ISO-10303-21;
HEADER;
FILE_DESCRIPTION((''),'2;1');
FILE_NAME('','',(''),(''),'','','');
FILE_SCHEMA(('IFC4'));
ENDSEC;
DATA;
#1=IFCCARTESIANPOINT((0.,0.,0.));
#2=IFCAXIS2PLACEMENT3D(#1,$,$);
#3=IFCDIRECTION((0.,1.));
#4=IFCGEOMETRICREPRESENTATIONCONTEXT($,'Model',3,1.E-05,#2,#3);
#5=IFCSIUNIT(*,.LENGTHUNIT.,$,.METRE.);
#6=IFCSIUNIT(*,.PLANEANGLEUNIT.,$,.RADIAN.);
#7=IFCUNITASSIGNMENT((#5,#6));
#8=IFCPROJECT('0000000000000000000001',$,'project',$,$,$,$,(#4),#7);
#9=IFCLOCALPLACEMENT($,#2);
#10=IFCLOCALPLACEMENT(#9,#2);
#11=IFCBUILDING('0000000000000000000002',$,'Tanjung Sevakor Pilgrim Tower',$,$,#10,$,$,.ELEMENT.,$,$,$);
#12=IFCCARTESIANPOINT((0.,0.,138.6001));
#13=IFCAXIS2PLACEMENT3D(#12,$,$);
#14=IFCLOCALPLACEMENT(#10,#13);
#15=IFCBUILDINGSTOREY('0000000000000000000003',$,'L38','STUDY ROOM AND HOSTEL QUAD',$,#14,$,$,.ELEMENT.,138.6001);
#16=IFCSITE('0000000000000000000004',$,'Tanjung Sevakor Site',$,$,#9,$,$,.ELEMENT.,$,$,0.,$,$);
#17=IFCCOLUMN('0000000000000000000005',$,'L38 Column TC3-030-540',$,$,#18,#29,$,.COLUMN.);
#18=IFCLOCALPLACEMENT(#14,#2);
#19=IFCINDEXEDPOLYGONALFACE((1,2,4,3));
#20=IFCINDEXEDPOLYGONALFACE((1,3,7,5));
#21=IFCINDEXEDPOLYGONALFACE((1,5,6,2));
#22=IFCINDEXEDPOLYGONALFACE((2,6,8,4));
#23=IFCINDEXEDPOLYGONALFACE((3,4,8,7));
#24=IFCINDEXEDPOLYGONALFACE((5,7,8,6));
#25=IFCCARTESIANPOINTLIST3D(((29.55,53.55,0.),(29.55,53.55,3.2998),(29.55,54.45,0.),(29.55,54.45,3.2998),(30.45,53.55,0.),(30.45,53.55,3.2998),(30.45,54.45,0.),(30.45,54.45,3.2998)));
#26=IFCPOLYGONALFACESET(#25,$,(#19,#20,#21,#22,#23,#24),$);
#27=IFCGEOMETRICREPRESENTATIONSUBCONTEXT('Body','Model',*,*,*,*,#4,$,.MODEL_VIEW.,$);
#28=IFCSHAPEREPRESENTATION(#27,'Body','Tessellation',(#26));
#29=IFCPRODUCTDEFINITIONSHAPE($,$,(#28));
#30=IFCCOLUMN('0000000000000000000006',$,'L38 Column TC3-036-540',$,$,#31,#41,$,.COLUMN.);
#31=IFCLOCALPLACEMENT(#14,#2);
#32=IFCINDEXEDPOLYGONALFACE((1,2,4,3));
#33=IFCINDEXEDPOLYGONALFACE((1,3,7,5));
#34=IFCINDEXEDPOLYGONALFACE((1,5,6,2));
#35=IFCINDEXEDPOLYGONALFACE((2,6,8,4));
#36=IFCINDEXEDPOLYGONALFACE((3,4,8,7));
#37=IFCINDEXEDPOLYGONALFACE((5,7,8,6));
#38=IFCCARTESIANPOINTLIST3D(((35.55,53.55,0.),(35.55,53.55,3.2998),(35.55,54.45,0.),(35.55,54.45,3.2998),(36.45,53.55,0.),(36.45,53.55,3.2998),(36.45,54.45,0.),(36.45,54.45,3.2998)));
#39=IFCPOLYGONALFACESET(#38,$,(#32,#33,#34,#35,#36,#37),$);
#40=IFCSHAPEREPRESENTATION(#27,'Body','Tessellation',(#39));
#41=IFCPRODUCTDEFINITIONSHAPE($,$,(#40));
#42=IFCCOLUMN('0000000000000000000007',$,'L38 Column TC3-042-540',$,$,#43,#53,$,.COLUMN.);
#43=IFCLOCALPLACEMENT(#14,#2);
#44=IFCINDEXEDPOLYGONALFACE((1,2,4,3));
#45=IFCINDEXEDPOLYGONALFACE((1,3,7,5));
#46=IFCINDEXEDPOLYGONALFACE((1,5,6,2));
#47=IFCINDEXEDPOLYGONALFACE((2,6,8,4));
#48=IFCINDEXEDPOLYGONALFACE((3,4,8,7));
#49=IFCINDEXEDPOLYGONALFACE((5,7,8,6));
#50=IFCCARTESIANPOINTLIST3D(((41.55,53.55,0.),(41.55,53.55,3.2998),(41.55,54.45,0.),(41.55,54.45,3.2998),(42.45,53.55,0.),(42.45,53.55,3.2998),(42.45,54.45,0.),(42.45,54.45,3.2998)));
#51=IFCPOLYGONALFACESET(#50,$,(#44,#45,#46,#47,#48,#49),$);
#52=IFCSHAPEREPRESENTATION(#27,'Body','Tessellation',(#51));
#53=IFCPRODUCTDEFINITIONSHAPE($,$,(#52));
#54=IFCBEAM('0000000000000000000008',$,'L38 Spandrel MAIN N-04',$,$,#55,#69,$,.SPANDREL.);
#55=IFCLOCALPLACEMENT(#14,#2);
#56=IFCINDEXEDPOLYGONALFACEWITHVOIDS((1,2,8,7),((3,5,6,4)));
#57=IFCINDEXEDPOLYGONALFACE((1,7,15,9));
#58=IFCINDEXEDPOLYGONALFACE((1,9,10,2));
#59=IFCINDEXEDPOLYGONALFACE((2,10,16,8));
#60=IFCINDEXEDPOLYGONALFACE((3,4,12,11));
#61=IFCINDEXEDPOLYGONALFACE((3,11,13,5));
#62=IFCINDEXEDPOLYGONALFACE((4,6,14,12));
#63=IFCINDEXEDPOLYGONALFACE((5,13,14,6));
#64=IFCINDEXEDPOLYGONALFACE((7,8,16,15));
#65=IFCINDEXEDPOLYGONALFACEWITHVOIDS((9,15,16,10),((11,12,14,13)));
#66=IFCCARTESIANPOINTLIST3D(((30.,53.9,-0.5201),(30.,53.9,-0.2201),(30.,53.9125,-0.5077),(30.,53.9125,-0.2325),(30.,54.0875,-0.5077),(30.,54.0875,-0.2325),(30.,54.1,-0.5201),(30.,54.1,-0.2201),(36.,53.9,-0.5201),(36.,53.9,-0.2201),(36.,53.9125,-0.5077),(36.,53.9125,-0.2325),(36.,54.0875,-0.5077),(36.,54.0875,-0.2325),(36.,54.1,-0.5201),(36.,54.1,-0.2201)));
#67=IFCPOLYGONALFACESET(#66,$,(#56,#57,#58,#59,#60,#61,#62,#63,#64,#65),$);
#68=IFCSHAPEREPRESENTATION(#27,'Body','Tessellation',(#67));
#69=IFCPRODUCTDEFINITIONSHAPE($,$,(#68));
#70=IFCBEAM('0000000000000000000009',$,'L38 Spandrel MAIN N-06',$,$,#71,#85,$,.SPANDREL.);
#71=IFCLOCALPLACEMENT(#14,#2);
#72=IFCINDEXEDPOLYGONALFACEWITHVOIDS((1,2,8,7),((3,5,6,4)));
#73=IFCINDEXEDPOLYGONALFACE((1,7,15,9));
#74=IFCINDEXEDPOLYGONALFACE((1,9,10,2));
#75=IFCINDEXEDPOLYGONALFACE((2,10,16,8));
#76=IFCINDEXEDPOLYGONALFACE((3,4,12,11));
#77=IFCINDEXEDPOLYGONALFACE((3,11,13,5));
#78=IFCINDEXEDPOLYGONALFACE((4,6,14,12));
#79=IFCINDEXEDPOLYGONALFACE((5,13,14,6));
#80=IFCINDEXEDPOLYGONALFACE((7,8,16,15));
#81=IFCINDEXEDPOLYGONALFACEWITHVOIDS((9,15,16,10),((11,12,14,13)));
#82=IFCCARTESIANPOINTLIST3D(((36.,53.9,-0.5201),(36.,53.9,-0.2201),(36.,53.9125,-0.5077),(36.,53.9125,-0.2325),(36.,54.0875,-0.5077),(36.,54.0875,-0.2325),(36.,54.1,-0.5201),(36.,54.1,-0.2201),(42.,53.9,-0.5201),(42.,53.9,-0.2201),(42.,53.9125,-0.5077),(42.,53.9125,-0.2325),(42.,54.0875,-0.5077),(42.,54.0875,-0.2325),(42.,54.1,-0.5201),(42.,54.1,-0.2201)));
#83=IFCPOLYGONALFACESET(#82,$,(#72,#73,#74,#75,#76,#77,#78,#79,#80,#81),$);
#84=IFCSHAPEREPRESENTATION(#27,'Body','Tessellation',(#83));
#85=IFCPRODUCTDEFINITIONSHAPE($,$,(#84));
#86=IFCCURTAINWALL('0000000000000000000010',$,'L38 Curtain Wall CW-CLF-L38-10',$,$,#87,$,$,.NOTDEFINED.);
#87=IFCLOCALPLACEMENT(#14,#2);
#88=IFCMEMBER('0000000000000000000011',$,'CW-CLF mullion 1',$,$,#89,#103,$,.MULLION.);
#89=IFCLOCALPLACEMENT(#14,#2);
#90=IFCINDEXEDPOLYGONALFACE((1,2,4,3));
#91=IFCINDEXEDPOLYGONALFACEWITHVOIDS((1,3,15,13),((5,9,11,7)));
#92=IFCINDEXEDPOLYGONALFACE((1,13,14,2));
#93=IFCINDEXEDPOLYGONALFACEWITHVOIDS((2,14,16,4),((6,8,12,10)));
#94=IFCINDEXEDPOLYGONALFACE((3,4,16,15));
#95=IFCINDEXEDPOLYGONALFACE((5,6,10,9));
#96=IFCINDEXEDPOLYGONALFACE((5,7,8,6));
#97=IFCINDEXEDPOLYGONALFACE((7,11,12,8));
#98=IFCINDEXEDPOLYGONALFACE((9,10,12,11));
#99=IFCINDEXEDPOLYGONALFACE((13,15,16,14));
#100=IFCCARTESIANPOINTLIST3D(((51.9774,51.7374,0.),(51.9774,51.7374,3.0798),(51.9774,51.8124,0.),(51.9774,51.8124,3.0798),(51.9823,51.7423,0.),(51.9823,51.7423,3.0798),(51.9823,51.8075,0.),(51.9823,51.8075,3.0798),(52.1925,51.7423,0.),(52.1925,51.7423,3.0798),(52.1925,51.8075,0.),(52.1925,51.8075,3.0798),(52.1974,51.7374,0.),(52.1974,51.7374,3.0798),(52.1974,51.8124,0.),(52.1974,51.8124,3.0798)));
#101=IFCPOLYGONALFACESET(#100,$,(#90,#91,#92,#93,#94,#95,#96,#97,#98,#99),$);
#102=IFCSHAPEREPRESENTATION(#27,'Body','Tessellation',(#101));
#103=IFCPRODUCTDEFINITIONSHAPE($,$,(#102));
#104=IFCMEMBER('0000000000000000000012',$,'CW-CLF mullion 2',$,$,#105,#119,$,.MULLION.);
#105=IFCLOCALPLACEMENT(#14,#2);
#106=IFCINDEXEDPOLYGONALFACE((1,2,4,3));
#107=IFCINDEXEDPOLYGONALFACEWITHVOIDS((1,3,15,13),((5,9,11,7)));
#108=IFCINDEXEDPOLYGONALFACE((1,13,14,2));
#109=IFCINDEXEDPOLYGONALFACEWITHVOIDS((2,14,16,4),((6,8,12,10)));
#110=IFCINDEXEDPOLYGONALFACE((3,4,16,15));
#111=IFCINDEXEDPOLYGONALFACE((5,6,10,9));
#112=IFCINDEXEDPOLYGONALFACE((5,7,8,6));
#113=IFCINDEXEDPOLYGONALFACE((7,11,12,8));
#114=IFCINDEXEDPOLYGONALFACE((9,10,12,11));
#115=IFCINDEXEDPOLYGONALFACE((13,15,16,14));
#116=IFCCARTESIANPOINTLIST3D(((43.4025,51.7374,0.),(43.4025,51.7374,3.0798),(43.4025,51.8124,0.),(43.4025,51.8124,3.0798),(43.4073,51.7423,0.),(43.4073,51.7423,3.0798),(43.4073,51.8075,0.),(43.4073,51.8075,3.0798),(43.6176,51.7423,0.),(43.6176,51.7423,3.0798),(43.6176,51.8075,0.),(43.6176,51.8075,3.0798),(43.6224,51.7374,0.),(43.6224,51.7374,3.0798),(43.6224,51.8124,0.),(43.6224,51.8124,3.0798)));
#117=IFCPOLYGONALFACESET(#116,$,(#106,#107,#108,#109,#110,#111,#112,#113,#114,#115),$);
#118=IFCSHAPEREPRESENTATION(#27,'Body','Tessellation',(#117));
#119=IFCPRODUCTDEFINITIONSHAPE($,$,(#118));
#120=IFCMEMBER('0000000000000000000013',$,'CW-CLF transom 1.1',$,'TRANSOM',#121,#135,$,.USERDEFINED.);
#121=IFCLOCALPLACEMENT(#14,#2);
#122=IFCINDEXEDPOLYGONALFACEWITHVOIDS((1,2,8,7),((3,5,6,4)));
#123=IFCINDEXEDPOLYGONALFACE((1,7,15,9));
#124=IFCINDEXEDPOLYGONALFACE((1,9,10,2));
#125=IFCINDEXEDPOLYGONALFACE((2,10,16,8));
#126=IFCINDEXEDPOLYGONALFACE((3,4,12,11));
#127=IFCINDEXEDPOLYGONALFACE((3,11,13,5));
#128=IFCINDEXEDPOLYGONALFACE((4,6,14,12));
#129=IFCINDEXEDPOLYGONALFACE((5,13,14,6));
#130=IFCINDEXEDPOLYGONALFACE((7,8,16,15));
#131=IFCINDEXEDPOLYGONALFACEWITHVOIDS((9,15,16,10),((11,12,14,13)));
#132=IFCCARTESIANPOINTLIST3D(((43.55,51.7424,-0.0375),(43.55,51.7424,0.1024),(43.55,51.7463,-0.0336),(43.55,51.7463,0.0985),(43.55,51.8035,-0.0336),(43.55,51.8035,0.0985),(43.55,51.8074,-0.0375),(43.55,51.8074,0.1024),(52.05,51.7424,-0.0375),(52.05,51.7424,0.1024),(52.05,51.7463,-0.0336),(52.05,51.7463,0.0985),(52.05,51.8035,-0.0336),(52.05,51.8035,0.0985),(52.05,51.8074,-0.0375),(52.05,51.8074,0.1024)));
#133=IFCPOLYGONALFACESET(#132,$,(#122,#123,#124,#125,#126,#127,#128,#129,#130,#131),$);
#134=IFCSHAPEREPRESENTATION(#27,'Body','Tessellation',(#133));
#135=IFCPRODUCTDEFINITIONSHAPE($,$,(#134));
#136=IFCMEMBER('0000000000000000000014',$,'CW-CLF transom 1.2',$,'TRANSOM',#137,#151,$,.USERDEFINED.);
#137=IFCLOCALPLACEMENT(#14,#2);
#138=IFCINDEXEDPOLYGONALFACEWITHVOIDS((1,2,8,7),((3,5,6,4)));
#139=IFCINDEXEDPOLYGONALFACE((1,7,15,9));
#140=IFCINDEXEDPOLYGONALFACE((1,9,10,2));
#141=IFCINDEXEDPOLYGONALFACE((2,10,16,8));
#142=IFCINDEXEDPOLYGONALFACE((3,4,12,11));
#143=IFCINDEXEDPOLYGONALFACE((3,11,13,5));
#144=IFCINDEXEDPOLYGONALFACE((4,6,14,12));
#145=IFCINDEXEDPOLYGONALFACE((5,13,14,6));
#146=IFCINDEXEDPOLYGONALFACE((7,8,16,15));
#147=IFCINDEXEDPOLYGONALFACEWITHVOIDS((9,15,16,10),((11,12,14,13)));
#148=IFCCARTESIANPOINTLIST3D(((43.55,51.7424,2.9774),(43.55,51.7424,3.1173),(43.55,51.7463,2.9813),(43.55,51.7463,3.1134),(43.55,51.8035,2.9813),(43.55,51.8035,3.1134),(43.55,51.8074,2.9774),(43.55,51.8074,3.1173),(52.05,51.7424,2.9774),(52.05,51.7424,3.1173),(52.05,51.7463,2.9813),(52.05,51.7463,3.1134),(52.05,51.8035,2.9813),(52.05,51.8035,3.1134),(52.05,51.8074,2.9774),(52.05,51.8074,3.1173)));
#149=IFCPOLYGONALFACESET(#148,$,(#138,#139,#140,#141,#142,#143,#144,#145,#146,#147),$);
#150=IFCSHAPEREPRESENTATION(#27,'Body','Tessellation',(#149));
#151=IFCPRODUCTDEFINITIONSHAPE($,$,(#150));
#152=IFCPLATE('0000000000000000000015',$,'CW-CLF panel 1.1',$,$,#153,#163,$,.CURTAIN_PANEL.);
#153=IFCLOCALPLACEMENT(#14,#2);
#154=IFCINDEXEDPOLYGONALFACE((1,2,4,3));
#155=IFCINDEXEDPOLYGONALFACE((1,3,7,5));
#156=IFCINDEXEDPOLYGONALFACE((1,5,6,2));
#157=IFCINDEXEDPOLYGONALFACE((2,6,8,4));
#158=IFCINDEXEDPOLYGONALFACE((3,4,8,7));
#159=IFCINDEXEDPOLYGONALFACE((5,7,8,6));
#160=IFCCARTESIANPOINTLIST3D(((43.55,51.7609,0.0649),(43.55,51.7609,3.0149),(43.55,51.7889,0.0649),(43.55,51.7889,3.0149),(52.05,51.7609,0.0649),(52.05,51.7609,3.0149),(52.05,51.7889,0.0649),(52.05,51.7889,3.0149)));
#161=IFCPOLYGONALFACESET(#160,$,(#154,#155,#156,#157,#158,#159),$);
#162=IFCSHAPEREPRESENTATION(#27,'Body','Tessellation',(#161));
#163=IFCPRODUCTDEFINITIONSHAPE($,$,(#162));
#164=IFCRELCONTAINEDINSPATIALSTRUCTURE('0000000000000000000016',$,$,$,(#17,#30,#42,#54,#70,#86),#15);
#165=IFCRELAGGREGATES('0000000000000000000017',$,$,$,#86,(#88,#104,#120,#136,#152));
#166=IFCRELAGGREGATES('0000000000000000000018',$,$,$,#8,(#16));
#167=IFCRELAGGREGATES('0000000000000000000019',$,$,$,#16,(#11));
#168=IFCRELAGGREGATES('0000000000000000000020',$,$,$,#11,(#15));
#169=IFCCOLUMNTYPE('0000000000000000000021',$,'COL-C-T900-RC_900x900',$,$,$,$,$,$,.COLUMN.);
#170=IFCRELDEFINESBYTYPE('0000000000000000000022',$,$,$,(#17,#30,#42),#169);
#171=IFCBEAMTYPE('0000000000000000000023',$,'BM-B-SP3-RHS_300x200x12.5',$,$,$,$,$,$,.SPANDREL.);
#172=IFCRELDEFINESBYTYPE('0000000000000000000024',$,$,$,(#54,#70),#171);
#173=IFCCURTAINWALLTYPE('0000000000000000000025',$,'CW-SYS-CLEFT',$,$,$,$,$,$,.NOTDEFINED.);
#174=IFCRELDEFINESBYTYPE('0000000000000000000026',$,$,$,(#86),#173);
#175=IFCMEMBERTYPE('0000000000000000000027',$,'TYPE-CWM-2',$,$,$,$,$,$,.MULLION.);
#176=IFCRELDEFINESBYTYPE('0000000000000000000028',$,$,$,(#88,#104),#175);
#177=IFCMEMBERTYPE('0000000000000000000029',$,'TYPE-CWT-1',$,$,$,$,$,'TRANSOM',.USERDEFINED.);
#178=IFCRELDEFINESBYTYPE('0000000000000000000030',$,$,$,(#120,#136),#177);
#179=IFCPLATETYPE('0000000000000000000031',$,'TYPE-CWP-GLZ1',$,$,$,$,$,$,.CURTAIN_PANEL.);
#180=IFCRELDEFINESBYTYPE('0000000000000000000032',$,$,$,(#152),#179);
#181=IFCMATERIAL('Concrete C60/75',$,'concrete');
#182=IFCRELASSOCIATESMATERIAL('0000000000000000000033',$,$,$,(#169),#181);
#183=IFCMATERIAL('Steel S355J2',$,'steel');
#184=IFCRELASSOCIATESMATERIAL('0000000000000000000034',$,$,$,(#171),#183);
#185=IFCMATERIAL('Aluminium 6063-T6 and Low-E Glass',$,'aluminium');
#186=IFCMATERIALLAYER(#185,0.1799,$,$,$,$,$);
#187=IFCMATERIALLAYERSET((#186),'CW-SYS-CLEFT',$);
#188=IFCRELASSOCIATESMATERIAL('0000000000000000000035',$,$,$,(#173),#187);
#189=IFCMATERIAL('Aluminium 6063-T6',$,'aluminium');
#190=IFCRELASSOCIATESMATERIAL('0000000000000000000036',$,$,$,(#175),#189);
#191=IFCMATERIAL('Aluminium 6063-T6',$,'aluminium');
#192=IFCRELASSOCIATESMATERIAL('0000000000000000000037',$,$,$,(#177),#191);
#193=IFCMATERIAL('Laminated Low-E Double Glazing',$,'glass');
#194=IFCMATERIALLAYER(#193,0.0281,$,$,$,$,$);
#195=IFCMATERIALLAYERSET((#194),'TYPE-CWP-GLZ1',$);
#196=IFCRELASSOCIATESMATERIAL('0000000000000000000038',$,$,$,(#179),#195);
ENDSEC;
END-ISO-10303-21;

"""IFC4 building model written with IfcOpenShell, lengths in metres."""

from ifc_helpers import new_model, si_unit, direction, frame, origin, origin_2d, place, context, subcontext, project, spatial, rectangle, hollow_rectangle, extrude, material, layer, layer_set, material_profile, profile_set, type_object, element, aggregate, save


model = new_model("IFC4")

# Units and contexts
model_context = context("Model", 3, precision=1e-05, world=origin(), true_north=direction((0.0, 1.0)))
body_context = subcontext(model_context, "Body", "Model", "MODEL_VIEW")
ifc_project = project(units=[si_unit("LENGTHUNIT", "METRE"), si_unit("PLANEANGLEUNIT", "RADIAN")], contexts=[model_context])

# Site, building, storey
site_placement = place(None, origin())
site = spatial("IfcSite", under=ifc_project, at=site_placement, Name="Tanjung Sevakor Site", CompositionType="ELEMENT", RefElevation=0.0)
building_placement = place(site_placement, origin())
building = spatial("IfcBuilding", under=site, at=building_placement, Name="Tanjung Sevakor Pilgrim Tower", CompositionType="ELEMENT")
storey_placement = place(building_placement, frame((0.0, 0.0, 138.6001)))
storey = spatial("IfcBuildingStorey", under=building, at=storey_placement, Name="L38", Description="STUDY ROOM AND HOSTEL QUAD", CompositionType="ELEMENT", Elevation=138.6001)

# Columns
ifc_material_1 = material(Name="Concrete C60/75", Category="concrete")
ifc_material_profile_1 = material_profile(ifc_material_1, rectangle(XDim=0.8999, YDim=0.8999, at=origin_2d()))
ifc_profile_set_1 = profile_set([ifc_material_profile_1], Name="Concrete C60/75")
column_type = type_object("IfcColumnType", Name="COL-C-T900-RC_900x900", PredefinedType="COLUMN", material=ifc_profile_set_1)
for number, where, z_axis, x_axis, name in (
    (1, (30.0, 54.0, 0.0), (0.0, 0.0, 1.0), (1.0, 0.0, 0.0), "L38 Column TC3-030-540"),
    (2, (36.0, 54.0, 0.0), (0.0, 0.0, 1.0), (1.0, 0.0, 0.0), "L38 Column TC3-036-540"),
    (3, (42.0, 54.0, 0.0), (0.0, 0.0, 1.0), (1.0, 0.0, 0.0), "L38 Column TC3-042-540"),
):
    element("IfcColumn", number, at=place(storey_placement, frame(where, z_axis=z_axis, x_axis=x_axis)), inside=storey, type_object=column_type, Name=name, PredefinedType="COLUMN", context=body_context, shape_type="SweptSolid", body=[
        extrude(rectangle(XDim=0.8999, YDim=0.8999, at=origin_2d()), origin(), (0.0, 0.0, 1.0), 3.2998),
    ])

# Beams
ifc_material_2 = material(Name="Steel S355J2", Category="steel")
ifc_material_profile_2 = material_profile(ifc_material_2, hollow_rectangle(XDim=0.2, YDim=0.3, WallThickness=0.0125, at=origin_2d()))
ifc_profile_set_2 = profile_set([ifc_material_profile_2], Name="Steel S355J2")
beam_type = type_object("IfcBeamType", Name="BM-B-SP3-RHS_300x200x12.5", PredefinedType="SPANDREL", material=ifc_profile_set_2)
for number, where, z_axis, x_axis, name in (
    (4, (30.0, 54.0, -0.3701), (1.0, 0.0, 0.0), (0.0, 1.0, 0.0), "L38 Spandrel MAIN N-04"),
    (5, (36.0, 54.0, -0.3701), (1.0, 0.0, 0.0), (0.0, 1.0, 0.0), "L38 Spandrel MAIN N-06"),
):
    element("IfcBeam", number, at=place(storey_placement, frame(where, z_axis=z_axis, x_axis=x_axis)), inside=storey, type_object=beam_type, Name=name, PredefinedType="SPANDREL", context=body_context, shape_type="SweptSolid", body=[
        extrude(hollow_rectangle(XDim=0.2, YDim=0.3, WallThickness=0.0125, at=origin_2d()), origin(), (0.0, 0.0, 1.0), 6.0),
    ])

# Curtain wall, members, plate
ifc_material_3 = material(Name="Aluminium 6063-T6 and Low-E Glass", Category="aluminium")
ifc_layer_1 = layer(ifc_material_3, 0.1799)
ifc_layer_set_1 = layer_set([ifc_layer_1], Name="CW-SYS-CLEFT")
curtain_wall_type = type_object("IfcCurtainWallType", Name="CW-SYS-CLEFT", PredefinedType="NOTDEFINED", material=ifc_layer_set_1)
curtain_wall_placement = place(storey_placement, origin())
curtain_wall = element("IfcCurtainWall", 6, at=curtain_wall_placement, inside=storey, type_object=curtain_wall_type, Name="L38 Curtain Wall CW-CLF-L38-10", PredefinedType="NOTDEFINED")
ifc_material_4 = material(Name="Aluminium 6063-T6", Category="aluminium")
ifc_material_profile_3 = material_profile(ifc_material_4, hollow_rectangle(XDim=0.075, YDim=0.22, WallThickness=0.0049, at=origin_2d()))
ifc_profile_set_3 = profile_set([ifc_material_profile_3], Name="Aluminium 6063-T6")
member_type_1 = type_object("IfcMemberType", Name="TYPE-CWM-2", PredefinedType="MULLION", material=ifc_profile_set_3)
member_1_placement = place(storey_placement, frame((52.0874, 51.7749, 0.0), z_axis=(0.0, 0.0, 1.0), x_axis=(0.0, -1.0, 0.0)))
member_1 = element("IfcMember", 7, at=member_1_placement, type_object=member_type_1, Name="CW-CLF mullion 1", PredefinedType="MULLION", context=body_context, shape_type="SweptSolid", body=[
    extrude(hollow_rectangle(XDim=0.075, YDim=0.22, WallThickness=0.0049, at=origin_2d()), origin(), (0.0, 0.0, 1.0), 3.0798),
])
member_2_placement = place(storey_placement, frame((43.5125, 51.7749, 0.0), z_axis=(0.0, 0.0, 1.0), x_axis=(0.0, -1.0, 0.0)))
member_2 = element("IfcMember", 8, at=member_2_placement, type_object=member_type_1, Name="CW-CLF mullion 2", PredefinedType="MULLION", context=body_context, shape_type="SweptSolid", body=[
    extrude(hollow_rectangle(XDim=0.075, YDim=0.22, WallThickness=0.0049, at=origin_2d()), origin(), (0.0, 0.0, 1.0), 3.0798),
])
ifc_material_5 = material(Name="Aluminium 6063-T6", Category="aluminium")
ifc_material_profile_4 = material_profile(ifc_material_5, hollow_rectangle(XDim=0.0649, YDim=0.1399, WallThickness=0.0039, at=origin_2d()))
ifc_profile_set_4 = profile_set([ifc_material_profile_4], Name="Aluminium 6063-T6")
member_type_2 = type_object("IfcMemberType", Name="TYPE-CWT-1", ElementType="TRANSOM", PredefinedType="USERDEFINED", material=ifc_profile_set_4)
member_3_placement = place(storey_placement, frame((52.05, 51.7749, 0.0325), z_axis=(-1.0, 0.0, 0.0), x_axis=(0.0, -1.0, 0.0)))
member_3 = element("IfcMember", 9, at=member_3_placement, type_object=member_type_2, Name="CW-CLF transom 1.1", ObjectType="TRANSOM", PredefinedType="USERDEFINED", context=body_context, shape_type="SweptSolid", body=[
    extrude(hollow_rectangle(XDim=0.0649, YDim=0.1399, WallThickness=0.0039, at=origin_2d()), origin(), (0.0, 0.0, 1.0), 8.5),
])
member_4_placement = place(storey_placement, frame((52.05, 51.7749, 3.0474), z_axis=(-1.0, 0.0, 0.0), x_axis=(0.0, -1.0, 0.0)))
member_4 = element("IfcMember", 10, at=member_4_placement, type_object=member_type_2, Name="CW-CLF transom 1.2", ObjectType="TRANSOM", PredefinedType="USERDEFINED", context=body_context, shape_type="SweptSolid", body=[
    extrude(hollow_rectangle(XDim=0.0649, YDim=0.1399, WallThickness=0.0039, at=origin_2d()), origin(), (0.0, 0.0, 1.0), 8.5),
])
ifc_material_6 = material(Name="Laminated Low-E Double Glazing", Category="glass")
ifc_layer_2 = layer(ifc_material_6, 0.0281)
ifc_layer_set_2 = layer_set([ifc_layer_2], Name="TYPE-CWP-GLZ1")
plate_type = type_object("IfcPlateType", Name="TYPE-CWP-GLZ1", PredefinedType="CURTAIN_PANEL", material=ifc_layer_set_2)
plate_placement = place(storey_placement, frame((47.8, 51.7749, 0.0649), z_axis=(0.0, 0.0, 1.0), x_axis=(-1.0, 0.0, 0.0)))
plate = element("IfcPlate", 11, at=plate_placement, type_object=plate_type, Name="CW-CLF panel 1.1", PredefinedType="CURTAIN_PANEL", context=body_context, shape_type="SweptSolid", body=[
    extrude(rectangle(XDim=8.5, YDim=0.0281, at=origin_2d()), origin(), (0.0, 0.0, 1.0), 2.95),
])
aggregate(curtain_wall, [member_1, member_2, member_3, member_4, plate])

save(model, "model.ifc")
